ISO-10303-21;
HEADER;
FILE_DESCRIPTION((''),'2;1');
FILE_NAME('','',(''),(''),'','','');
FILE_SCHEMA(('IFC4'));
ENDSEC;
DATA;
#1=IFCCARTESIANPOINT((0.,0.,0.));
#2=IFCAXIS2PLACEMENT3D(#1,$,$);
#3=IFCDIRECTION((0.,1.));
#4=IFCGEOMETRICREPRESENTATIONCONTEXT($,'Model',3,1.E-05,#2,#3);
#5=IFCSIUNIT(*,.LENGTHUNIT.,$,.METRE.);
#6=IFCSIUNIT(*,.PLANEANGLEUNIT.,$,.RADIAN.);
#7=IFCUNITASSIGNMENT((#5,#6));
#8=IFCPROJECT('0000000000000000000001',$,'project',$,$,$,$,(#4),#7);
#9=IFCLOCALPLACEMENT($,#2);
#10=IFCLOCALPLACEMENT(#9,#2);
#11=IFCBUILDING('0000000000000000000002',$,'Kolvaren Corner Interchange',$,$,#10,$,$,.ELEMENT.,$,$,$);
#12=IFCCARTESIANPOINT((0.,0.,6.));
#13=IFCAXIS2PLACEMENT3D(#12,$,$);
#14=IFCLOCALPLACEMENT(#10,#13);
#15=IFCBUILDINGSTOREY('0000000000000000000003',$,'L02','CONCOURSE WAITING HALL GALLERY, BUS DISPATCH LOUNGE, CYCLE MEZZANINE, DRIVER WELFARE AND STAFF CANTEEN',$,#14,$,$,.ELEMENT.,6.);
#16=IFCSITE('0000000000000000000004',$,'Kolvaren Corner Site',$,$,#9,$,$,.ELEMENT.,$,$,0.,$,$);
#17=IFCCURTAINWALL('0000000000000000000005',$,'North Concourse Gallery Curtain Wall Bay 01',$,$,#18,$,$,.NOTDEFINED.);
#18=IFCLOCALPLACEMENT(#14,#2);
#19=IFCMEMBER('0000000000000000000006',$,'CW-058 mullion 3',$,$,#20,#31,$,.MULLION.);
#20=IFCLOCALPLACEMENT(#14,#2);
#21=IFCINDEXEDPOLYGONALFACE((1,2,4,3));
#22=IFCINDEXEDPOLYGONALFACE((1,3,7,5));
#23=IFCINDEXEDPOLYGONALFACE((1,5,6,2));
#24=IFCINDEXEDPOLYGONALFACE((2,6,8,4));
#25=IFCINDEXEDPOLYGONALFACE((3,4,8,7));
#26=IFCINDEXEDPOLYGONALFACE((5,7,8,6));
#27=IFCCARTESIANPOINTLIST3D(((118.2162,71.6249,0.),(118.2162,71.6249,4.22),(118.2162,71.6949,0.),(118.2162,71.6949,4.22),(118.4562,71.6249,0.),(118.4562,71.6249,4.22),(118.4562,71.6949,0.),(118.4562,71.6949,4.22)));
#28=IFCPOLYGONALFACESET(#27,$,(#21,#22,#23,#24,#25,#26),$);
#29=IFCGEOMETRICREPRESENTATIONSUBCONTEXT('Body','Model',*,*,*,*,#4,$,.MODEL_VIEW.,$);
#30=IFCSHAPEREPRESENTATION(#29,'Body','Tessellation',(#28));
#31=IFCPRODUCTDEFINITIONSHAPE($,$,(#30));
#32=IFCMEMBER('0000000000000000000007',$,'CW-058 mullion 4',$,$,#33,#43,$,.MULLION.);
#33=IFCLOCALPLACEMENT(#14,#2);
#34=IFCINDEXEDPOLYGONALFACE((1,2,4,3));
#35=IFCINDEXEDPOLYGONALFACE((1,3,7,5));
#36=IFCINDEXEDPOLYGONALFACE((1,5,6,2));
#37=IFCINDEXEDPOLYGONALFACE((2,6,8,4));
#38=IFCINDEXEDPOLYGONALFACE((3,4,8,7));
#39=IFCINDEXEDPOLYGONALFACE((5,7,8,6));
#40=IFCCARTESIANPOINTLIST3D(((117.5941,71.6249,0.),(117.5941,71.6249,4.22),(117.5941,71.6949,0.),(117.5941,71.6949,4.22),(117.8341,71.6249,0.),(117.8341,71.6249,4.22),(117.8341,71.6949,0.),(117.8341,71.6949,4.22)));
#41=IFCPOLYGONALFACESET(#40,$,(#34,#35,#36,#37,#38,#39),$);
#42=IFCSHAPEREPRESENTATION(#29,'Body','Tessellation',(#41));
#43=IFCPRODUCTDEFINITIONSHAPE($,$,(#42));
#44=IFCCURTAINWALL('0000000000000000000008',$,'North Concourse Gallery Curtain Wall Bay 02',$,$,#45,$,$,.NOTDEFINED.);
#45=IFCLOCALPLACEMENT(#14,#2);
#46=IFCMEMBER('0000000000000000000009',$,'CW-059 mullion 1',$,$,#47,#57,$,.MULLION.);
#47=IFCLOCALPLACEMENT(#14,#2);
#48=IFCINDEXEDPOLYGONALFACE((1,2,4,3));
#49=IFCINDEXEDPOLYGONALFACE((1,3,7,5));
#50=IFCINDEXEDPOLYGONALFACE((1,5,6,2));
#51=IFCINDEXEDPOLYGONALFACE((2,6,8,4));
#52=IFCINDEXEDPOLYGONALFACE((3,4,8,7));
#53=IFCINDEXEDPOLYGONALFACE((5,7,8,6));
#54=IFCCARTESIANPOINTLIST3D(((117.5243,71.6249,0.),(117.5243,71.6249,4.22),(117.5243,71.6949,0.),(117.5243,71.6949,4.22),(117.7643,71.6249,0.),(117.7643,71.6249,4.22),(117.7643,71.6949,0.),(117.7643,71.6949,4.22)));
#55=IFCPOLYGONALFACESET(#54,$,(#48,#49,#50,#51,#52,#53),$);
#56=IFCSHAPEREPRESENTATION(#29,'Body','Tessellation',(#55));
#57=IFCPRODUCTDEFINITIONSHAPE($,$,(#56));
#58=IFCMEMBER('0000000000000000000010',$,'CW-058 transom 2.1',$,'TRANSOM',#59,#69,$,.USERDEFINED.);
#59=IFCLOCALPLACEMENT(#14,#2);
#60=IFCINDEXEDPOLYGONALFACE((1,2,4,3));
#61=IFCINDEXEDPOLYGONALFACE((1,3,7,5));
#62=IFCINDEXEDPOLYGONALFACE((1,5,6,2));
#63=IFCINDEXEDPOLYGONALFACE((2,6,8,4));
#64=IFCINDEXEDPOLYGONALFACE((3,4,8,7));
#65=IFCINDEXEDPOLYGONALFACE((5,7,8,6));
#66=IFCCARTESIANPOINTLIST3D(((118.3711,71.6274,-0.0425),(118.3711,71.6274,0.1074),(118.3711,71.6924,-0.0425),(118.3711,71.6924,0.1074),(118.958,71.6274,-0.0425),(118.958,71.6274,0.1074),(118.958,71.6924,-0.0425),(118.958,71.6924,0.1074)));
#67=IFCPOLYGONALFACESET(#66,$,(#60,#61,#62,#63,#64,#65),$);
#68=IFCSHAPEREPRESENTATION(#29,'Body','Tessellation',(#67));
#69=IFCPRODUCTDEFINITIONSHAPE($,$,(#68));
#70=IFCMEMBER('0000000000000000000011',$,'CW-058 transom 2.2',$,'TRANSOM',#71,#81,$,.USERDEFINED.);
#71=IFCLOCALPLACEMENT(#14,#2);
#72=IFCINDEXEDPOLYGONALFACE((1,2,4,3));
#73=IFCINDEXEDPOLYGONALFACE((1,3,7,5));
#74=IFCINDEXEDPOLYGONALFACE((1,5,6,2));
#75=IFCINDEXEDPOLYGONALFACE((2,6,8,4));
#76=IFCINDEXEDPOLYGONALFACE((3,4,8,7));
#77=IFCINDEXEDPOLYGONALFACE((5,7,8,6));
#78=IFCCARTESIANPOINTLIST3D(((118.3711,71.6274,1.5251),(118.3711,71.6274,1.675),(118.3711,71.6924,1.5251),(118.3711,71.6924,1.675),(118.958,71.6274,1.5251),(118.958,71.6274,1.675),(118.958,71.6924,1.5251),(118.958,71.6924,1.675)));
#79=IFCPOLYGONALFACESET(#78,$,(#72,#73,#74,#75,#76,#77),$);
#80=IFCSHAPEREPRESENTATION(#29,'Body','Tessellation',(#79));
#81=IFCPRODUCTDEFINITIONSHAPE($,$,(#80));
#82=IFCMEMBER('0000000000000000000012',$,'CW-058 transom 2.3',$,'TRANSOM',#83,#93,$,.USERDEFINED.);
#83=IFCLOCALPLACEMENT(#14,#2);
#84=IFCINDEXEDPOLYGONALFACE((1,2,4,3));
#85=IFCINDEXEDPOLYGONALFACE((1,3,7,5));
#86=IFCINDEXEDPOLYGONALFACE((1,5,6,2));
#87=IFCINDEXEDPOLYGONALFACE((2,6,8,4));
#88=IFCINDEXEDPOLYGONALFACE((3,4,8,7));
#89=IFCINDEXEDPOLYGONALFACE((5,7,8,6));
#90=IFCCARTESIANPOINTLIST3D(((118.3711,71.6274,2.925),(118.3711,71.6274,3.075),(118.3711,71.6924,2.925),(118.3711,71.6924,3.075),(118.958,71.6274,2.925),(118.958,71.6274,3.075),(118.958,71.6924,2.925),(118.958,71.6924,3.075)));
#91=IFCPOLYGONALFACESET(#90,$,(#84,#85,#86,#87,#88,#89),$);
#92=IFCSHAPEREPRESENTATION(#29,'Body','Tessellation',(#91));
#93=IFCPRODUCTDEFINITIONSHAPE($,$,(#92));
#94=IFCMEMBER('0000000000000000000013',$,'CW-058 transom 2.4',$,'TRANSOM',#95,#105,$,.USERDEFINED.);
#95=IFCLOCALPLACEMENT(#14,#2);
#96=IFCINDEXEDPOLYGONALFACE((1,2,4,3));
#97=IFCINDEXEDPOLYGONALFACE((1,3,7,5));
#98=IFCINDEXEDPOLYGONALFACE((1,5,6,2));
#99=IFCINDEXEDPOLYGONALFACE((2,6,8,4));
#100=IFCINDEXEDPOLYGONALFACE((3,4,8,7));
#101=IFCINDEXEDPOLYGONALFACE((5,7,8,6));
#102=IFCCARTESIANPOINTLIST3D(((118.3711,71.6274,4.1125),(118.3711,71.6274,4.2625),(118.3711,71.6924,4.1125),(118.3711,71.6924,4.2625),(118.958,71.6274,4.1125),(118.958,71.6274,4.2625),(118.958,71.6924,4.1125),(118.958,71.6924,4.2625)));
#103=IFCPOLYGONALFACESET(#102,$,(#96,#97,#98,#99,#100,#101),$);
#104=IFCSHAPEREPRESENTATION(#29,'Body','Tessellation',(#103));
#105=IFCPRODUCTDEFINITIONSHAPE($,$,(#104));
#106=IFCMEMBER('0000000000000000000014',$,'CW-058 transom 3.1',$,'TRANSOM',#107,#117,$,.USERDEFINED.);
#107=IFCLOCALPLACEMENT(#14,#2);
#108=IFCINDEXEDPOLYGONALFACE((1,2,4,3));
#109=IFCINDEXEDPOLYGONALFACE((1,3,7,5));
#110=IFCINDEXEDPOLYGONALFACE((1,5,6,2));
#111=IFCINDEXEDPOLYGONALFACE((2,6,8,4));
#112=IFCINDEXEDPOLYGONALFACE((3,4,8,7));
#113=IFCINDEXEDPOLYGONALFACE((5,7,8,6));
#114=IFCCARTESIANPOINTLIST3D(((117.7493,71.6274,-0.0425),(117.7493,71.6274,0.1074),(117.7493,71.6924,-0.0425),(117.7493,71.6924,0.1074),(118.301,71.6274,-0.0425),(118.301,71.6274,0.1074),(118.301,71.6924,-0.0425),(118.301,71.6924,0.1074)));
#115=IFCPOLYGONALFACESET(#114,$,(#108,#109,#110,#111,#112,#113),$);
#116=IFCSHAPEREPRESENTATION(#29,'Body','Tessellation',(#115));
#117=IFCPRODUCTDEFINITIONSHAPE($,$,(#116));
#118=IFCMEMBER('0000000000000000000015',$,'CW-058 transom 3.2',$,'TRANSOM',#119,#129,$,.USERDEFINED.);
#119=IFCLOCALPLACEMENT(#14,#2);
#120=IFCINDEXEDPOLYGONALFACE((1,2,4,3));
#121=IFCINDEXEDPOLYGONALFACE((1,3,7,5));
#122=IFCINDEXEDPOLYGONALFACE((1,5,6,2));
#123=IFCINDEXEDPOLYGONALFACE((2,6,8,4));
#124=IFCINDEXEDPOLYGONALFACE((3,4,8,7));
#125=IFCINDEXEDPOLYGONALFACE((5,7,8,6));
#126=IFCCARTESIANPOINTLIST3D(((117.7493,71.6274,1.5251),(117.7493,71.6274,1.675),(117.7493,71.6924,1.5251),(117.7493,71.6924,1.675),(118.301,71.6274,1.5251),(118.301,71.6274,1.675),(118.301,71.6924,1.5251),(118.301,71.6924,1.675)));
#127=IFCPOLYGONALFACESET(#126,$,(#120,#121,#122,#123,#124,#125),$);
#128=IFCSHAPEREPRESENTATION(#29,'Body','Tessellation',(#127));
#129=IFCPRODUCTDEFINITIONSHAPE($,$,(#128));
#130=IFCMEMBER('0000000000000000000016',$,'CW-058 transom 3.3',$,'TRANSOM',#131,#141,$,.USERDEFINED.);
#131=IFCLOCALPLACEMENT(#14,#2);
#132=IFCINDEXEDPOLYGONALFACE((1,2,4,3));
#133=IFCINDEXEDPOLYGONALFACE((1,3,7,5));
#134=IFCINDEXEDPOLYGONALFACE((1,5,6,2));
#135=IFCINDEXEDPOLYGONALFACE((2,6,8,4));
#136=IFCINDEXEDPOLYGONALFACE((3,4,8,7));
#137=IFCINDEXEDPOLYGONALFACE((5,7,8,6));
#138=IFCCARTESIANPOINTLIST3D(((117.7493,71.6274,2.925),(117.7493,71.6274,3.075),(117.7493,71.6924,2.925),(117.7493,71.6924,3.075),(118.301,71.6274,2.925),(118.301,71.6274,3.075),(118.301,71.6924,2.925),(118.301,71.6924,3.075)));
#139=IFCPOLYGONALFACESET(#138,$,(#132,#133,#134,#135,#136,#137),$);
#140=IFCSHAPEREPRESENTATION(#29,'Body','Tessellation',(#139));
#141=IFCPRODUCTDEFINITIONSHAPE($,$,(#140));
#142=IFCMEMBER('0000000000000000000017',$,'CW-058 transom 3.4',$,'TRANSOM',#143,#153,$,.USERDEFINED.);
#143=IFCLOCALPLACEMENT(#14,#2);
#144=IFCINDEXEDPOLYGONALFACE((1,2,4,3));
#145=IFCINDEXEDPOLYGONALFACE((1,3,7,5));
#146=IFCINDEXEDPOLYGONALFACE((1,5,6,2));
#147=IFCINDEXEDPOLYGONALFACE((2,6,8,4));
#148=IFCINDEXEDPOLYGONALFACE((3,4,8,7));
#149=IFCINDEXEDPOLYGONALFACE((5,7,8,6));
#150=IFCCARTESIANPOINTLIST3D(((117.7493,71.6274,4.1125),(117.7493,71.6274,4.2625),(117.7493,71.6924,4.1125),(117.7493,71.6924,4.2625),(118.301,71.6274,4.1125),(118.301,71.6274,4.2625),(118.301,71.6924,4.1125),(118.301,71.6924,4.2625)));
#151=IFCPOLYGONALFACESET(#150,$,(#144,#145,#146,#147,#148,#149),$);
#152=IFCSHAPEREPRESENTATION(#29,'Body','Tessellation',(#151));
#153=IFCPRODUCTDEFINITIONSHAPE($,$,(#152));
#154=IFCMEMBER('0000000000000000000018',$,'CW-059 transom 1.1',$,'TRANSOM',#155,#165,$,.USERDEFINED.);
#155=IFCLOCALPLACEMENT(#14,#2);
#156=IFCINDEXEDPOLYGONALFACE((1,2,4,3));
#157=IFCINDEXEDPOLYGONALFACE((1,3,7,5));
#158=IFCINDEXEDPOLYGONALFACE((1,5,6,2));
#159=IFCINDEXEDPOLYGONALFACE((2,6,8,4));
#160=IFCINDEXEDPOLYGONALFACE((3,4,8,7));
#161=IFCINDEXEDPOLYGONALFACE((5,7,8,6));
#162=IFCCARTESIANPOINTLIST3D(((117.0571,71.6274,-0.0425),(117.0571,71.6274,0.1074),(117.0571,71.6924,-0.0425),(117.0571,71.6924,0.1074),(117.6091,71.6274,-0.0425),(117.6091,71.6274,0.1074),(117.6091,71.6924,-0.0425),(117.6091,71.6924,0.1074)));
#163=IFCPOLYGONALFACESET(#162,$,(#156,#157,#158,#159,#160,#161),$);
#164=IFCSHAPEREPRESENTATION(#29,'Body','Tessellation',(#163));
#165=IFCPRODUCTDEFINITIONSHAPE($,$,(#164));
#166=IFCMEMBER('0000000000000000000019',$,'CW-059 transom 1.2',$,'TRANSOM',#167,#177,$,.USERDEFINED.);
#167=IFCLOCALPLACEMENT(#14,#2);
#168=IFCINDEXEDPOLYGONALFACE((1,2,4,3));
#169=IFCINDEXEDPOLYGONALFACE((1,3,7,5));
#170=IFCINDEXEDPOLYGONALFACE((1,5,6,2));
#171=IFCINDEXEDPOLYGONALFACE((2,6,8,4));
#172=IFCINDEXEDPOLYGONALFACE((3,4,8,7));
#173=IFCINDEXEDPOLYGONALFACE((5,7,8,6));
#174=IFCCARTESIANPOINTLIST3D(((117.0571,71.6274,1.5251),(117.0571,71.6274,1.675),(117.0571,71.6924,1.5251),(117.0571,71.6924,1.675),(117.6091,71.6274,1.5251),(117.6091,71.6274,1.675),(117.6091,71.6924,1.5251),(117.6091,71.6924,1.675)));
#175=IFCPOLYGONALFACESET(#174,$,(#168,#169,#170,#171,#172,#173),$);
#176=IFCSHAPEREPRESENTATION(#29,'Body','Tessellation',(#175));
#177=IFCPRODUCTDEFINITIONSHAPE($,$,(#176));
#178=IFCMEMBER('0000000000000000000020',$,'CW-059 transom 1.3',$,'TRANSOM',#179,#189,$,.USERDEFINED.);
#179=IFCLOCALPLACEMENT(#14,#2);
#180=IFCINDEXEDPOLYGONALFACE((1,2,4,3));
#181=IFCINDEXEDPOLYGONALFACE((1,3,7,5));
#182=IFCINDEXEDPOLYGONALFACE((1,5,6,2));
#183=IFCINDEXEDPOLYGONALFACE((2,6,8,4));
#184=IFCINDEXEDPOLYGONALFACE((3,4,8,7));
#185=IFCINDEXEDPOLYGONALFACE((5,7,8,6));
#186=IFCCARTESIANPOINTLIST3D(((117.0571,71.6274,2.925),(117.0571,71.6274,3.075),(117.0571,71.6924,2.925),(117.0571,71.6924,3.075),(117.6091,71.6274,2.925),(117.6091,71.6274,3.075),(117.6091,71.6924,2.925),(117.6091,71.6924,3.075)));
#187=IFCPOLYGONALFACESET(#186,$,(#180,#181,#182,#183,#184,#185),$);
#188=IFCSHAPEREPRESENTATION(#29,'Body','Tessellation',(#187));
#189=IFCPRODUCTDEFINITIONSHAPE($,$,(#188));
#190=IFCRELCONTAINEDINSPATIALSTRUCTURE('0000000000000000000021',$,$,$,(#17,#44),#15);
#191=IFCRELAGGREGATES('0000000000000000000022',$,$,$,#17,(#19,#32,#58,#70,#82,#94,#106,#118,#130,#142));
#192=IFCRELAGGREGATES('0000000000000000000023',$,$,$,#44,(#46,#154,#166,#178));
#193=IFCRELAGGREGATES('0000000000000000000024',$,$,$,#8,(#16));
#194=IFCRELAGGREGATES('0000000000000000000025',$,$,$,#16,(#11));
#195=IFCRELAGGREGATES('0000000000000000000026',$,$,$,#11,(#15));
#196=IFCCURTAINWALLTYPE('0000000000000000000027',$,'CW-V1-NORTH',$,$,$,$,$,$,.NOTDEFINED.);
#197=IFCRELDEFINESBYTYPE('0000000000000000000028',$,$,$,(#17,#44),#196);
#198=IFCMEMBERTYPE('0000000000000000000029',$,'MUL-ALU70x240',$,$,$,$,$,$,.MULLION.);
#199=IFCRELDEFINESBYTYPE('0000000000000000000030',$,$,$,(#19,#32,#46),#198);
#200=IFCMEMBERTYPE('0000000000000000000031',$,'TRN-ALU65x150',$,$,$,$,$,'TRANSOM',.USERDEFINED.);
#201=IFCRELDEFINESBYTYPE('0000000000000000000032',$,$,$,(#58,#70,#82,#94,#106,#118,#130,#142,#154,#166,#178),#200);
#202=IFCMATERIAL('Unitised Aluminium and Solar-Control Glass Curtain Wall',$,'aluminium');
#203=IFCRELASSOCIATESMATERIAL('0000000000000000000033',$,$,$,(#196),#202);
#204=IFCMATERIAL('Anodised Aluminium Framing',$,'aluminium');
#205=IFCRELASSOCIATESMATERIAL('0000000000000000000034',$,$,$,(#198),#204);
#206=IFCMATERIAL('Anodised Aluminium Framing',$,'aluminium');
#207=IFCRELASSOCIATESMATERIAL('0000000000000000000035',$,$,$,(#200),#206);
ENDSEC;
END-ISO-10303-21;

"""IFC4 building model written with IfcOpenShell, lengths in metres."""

from ifc_helpers import new_model, si_unit, direction, frame, origin, origin_2d, place, context, subcontext, project, spatial, rectangle, extrude, material, material_profile, profile_set, type_object, element, aggregate, save


model = new_model("IFC4")

# Units and contexts
model_context = context("Model", 3, precision=1e-05, world=origin(), true_north=direction((0.0, 1.0)))
body_context = subcontext(model_context, "Body", "Model", "MODEL_VIEW")
ifc_project = project(units=[si_unit("LENGTHUNIT", "METRE"), si_unit("PLANEANGLEUNIT", "RADIAN")], contexts=[model_context])

# Site, building, storey
site_placement = place(None, origin())
site = spatial("IfcSite", under=ifc_project, at=site_placement, Name="Kolvaren Corner Site", CompositionType="ELEMENT", RefElevation=0.0)
building_placement = place(site_placement, origin())
building = spatial("IfcBuilding", under=site, at=building_placement, Name="Kolvaren Corner Interchange", CompositionType="ELEMENT")
storey_placement = place(building_placement, frame((0.0, 0.0, 6.0)))
storey = spatial("IfcBuildingStorey", under=building, at=storey_placement, Name="L02", Description="CONCOURSE WAITING HALL GALLERY, BUS DISPATCH LOUNGE, CYCLE MEZZANINE, DRIVER WELFARE AND STAFF CANTEEN", CompositionType="ELEMENT", Elevation=6.0)

# Curtain wall, members
ifc_material_1 = material(Name="Unitised Aluminium and Solar-Control Glass Curtain Wall", Category="aluminium")
curtain_wall_type = type_object("IfcCurtainWallType", Name="CW-V1-NORTH", PredefinedType="NOTDEFINED", material=ifc_material_1)
curtain_wall_1_placement = place(storey_placement, origin())
curtain_wall_1 = element("IfcCurtainWall", 1, at=curtain_wall_1_placement, inside=storey, type_object=curtain_wall_type, Name="North Concourse Gallery Curtain Wall Bay 01", PredefinedType="NOTDEFINED")
ifc_material_2 = material(Name="Anodised Aluminium Framing", Category="aluminium")
ifc_material_profile_1 = material_profile(ifc_material_2, rectangle(XDim=0.0701, YDim=0.24, at=origin_2d()), Name="ALU 70x240")
ifc_profile_set_1 = profile_set([ifc_material_profile_1], Name="Anodised Aluminium Framing")
member_type_1 = type_object("IfcMemberType", Name="MUL-ALU70x240", PredefinedType="MULLION", material=ifc_profile_set_1)
member_1_placement = place(storey_placement, frame((118.3362, 71.6599, 0.0), z_axis=(0.0, 0.0, 1.0), x_axis=(0.0, -1.0, 0.0)))
member_1 = element("IfcMember", 2, at=member_1_placement, type_object=member_type_1, Name="CW-058 mullion 3", PredefinedType="MULLION", context=body_context, shape_type="SweptSolid", body=[
    extrude(rectangle(XDim=0.0701, YDim=0.24, at=origin_2d()), origin(), (0.0, 0.0, 1.0), 4.22),
])
member_2_placement = place(storey_placement, frame((117.7141, 71.6599, 0.0), z_axis=(0.0, 0.0, 1.0), x_axis=(0.0, -1.0, 0.0)))
member_2 = element("IfcMember", 3, at=member_2_placement, type_object=member_type_1, Name="CW-058 mullion 4", PredefinedType="MULLION", context=body_context, shape_type="SweptSolid", body=[
    extrude(rectangle(XDim=0.0701, YDim=0.24, at=origin_2d()), origin(), (0.0, 0.0, 1.0), 4.22),
])

# Curtain wall, member
curtain_wall_2_placement = place(storey_placement, origin())
curtain_wall_2 = element("IfcCurtainWall", 4, at=curtain_wall_2_placement, inside=storey, type_object=curtain_wall_type, Name="North Concourse Gallery Curtain Wall Bay 02", PredefinedType="NOTDEFINED")
member_3_placement = place(storey_placement, frame((117.6443, 71.6599, 0.0), z_axis=(0.0, 0.0, 1.0), x_axis=(0.0, -1.0, 0.0)))
member_3 = element("IfcMember", 5, at=member_3_placement, type_object=member_type_1, Name="CW-059 mullion 1", PredefinedType="MULLION", context=body_context, shape_type="SweptSolid", body=[
    extrude(rectangle(XDim=0.0701, YDim=0.24, at=origin_2d()), origin(), (0.0, 0.0, 1.0), 4.22),
])

# Members
ifc_material_3 = material(Name="Anodised Aluminium Framing", Category="aluminium")
ifc_material_profile_2 = material_profile(ifc_material_3, rectangle(XDim=0.0649, YDim=0.1499, at=origin_2d()), Name="ALU 65x150")
ifc_profile_set_2 = profile_set([ifc_material_profile_2], Name="Anodised Aluminium Framing")
member_type_2 = type_object("IfcMemberType", Name="TRN-ALU65x150", ElementType="TRANSOM", PredefinedType="USERDEFINED", material=ifc_profile_set_2)
member_4_placement = place(storey_placement, frame((118.958, 71.6599, 0.0325), z_axis=(-1.0, 0.0, 0.0), x_axis=(0.0, -1.0, 0.0)))
member_4 = element("IfcMember", 6, at=member_4_placement, type_object=member_type_2, Name="CW-058 transom 2.1", ObjectType="TRANSOM", PredefinedType="USERDEFINED", context=body_context, shape_type="SweptSolid", body=[
    extrude(rectangle(XDim=0.0649, YDim=0.1499, at=origin_2d()), origin(), (0.0, 0.0, 1.0), 0.5869),
])
member_5_placement = place(storey_placement, frame((118.958, 71.6599, 1.6001), z_axis=(-1.0, 0.0, 0.0), x_axis=(0.0, -1.0, 0.0)))
member_5 = element("IfcMember", 7, at=member_5_placement, type_object=member_type_2, Name="CW-058 transom 2.2", ObjectType="TRANSOM", PredefinedType="USERDEFINED", context=body_context, shape_type="SweptSolid", body=[
    extrude(rectangle(XDim=0.0649, YDim=0.1499, at=origin_2d()), origin(), (0.0, 0.0, 1.0), 0.5869),
])
member_6_placement = place(storey_placement, frame((118.958, 71.6599, 3.0), z_axis=(-1.0, 0.0, 0.0), x_axis=(0.0, -1.0, 0.0)))
member_6 = element("IfcMember", 8, at=member_6_placement, type_object=member_type_2, Name="CW-058 transom 2.3", ObjectType="TRANSOM", PredefinedType="USERDEFINED", context=body_context, shape_type="SweptSolid", body=[
    extrude(rectangle(XDim=0.0649, YDim=0.1499, at=origin_2d()), origin(), (0.0, 0.0, 1.0), 0.5869),
])
member_7_placement = place(storey_placement, frame((118.958, 71.6599, 4.1875), z_axis=(-1.0, 0.0, 0.0), x_axis=(0.0, -1.0, 0.0)))
member_7 = element("IfcMember", 9, at=member_7_placement, type_object=member_type_2, Name="CW-058 transom 2.4", ObjectType="TRANSOM", PredefinedType="USERDEFINED", context=body_context, shape_type="SweptSolid", body=[
    extrude(rectangle(XDim=0.0649, YDim=0.1499, at=origin_2d()), origin(), (0.0, 0.0, 1.0), 0.5869),
])
member_8_placement = place(storey_placement, frame((118.301, 71.6599, 0.0325), z_axis=(-1.0, 0.0, 0.0), x_axis=(0.0, -1.0, 0.0)))
member_8 = element("IfcMember", 10, at=member_8_placement, type_object=member_type_2, Name="CW-058 transom 3.1", ObjectType="TRANSOM", PredefinedType="USERDEFINED", context=body_context, shape_type="SweptSolid", body=[
    extrude(rectangle(XDim=0.0649, YDim=0.1499, at=origin_2d()), origin(), (0.0, 0.0, 1.0), 0.5518),
])
member_9_placement = place(storey_placement, frame((118.301, 71.6599, 1.6001), z_axis=(-1.0, 0.0, 0.0), x_axis=(0.0, -1.0, 0.0)))
member_9 = element("IfcMember", 11, at=member_9_placement, type_object=member_type_2, Name="CW-058 transom 3.2", ObjectType="TRANSOM", PredefinedType="USERDEFINED", context=body_context, shape_type="SweptSolid", body=[
    extrude(rectangle(XDim=0.0649, YDim=0.1499, at=origin_2d()), origin(), (0.0, 0.0, 1.0), 0.5518),
])
member_10_placement = place(storey_placement, frame((118.301, 71.6599, 3.0), z_axis=(-1.0, 0.0, 0.0), x_axis=(0.0, -1.0, 0.0)))
member_10 = element("IfcMember", 12, at=member_10_placement, type_object=member_type_2, Name="CW-058 transom 3.3", ObjectType="TRANSOM", PredefinedType="USERDEFINED", context=body_context, shape_type="SweptSolid", body=[
    extrude(rectangle(XDim=0.0649, YDim=0.1499, at=origin_2d()), origin(), (0.0, 0.0, 1.0), 0.5518),
])
member_11_placement = place(storey_placement, frame((118.301, 71.6599, 4.1875), z_axis=(-1.0, 0.0, 0.0), x_axis=(0.0, -1.0, 0.0)))
member_11 = element("IfcMember", 13, at=member_11_placement, type_object=member_type_2, Name="CW-058 transom 3.4", ObjectType="TRANSOM", PredefinedType="USERDEFINED", context=body_context, shape_type="SweptSolid", body=[
    extrude(rectangle(XDim=0.0649, YDim=0.1499, at=origin_2d()), origin(), (0.0, 0.0, 1.0), 0.5518),
])
member_12_placement = place(storey_placement, frame((117.6091, 71.6599, 0.0325), z_axis=(-1.0, 0.0, 0.0), x_axis=(0.0, -1.0, 0.0)))
member_12 = element("IfcMember", 14, at=member_12_placement, type_object=member_type_2, Name="CW-059 transom 1.1", ObjectType="TRANSOM", PredefinedType="USERDEFINED", context=body_context, shape_type="SweptSolid", body=[
    extrude(rectangle(XDim=0.0649, YDim=0.1499, at=origin_2d()), origin(), (0.0, 0.0, 1.0), 0.552),
])
member_13_placement = place(storey_placement, frame((117.6091, 71.6599, 1.6001), z_axis=(-1.0, 0.0, 0.0), x_axis=(0.0, -1.0, 0.0)))
member_13 = element("IfcMember", 15, at=member_13_placement, type_object=member_type_2, Name="CW-059 transom 1.2", ObjectType="TRANSOM", PredefinedType="USERDEFINED", context=body_context, shape_type="SweptSolid", body=[
    extrude(rectangle(XDim=0.0649, YDim=0.1499, at=origin_2d()), origin(), (0.0, 0.0, 1.0), 0.552),
])
member_14_placement = place(storey_placement, frame((117.6091, 71.6599, 3.0), z_axis=(-1.0, 0.0, 0.0), x_axis=(0.0, -1.0, 0.0)))
member_14 = element("IfcMember", 16, at=member_14_placement, type_object=member_type_2, Name="CW-059 transom 1.3", ObjectType="TRANSOM", PredefinedType="USERDEFINED", context=body_context, shape_type="SweptSolid", body=[
    extrude(rectangle(XDim=0.0649, YDim=0.1499, at=origin_2d()), origin(), (0.0, 0.0, 1.0), 0.552),
])

aggregate(curtain_wall_1, [member_1, member_2, member_4, member_5, member_6, member_7, member_8, member_9, member_10, member_11])
aggregate(curtain_wall_2, [member_3, member_12, member_13, member_14])

save(model, "model.ifc")
